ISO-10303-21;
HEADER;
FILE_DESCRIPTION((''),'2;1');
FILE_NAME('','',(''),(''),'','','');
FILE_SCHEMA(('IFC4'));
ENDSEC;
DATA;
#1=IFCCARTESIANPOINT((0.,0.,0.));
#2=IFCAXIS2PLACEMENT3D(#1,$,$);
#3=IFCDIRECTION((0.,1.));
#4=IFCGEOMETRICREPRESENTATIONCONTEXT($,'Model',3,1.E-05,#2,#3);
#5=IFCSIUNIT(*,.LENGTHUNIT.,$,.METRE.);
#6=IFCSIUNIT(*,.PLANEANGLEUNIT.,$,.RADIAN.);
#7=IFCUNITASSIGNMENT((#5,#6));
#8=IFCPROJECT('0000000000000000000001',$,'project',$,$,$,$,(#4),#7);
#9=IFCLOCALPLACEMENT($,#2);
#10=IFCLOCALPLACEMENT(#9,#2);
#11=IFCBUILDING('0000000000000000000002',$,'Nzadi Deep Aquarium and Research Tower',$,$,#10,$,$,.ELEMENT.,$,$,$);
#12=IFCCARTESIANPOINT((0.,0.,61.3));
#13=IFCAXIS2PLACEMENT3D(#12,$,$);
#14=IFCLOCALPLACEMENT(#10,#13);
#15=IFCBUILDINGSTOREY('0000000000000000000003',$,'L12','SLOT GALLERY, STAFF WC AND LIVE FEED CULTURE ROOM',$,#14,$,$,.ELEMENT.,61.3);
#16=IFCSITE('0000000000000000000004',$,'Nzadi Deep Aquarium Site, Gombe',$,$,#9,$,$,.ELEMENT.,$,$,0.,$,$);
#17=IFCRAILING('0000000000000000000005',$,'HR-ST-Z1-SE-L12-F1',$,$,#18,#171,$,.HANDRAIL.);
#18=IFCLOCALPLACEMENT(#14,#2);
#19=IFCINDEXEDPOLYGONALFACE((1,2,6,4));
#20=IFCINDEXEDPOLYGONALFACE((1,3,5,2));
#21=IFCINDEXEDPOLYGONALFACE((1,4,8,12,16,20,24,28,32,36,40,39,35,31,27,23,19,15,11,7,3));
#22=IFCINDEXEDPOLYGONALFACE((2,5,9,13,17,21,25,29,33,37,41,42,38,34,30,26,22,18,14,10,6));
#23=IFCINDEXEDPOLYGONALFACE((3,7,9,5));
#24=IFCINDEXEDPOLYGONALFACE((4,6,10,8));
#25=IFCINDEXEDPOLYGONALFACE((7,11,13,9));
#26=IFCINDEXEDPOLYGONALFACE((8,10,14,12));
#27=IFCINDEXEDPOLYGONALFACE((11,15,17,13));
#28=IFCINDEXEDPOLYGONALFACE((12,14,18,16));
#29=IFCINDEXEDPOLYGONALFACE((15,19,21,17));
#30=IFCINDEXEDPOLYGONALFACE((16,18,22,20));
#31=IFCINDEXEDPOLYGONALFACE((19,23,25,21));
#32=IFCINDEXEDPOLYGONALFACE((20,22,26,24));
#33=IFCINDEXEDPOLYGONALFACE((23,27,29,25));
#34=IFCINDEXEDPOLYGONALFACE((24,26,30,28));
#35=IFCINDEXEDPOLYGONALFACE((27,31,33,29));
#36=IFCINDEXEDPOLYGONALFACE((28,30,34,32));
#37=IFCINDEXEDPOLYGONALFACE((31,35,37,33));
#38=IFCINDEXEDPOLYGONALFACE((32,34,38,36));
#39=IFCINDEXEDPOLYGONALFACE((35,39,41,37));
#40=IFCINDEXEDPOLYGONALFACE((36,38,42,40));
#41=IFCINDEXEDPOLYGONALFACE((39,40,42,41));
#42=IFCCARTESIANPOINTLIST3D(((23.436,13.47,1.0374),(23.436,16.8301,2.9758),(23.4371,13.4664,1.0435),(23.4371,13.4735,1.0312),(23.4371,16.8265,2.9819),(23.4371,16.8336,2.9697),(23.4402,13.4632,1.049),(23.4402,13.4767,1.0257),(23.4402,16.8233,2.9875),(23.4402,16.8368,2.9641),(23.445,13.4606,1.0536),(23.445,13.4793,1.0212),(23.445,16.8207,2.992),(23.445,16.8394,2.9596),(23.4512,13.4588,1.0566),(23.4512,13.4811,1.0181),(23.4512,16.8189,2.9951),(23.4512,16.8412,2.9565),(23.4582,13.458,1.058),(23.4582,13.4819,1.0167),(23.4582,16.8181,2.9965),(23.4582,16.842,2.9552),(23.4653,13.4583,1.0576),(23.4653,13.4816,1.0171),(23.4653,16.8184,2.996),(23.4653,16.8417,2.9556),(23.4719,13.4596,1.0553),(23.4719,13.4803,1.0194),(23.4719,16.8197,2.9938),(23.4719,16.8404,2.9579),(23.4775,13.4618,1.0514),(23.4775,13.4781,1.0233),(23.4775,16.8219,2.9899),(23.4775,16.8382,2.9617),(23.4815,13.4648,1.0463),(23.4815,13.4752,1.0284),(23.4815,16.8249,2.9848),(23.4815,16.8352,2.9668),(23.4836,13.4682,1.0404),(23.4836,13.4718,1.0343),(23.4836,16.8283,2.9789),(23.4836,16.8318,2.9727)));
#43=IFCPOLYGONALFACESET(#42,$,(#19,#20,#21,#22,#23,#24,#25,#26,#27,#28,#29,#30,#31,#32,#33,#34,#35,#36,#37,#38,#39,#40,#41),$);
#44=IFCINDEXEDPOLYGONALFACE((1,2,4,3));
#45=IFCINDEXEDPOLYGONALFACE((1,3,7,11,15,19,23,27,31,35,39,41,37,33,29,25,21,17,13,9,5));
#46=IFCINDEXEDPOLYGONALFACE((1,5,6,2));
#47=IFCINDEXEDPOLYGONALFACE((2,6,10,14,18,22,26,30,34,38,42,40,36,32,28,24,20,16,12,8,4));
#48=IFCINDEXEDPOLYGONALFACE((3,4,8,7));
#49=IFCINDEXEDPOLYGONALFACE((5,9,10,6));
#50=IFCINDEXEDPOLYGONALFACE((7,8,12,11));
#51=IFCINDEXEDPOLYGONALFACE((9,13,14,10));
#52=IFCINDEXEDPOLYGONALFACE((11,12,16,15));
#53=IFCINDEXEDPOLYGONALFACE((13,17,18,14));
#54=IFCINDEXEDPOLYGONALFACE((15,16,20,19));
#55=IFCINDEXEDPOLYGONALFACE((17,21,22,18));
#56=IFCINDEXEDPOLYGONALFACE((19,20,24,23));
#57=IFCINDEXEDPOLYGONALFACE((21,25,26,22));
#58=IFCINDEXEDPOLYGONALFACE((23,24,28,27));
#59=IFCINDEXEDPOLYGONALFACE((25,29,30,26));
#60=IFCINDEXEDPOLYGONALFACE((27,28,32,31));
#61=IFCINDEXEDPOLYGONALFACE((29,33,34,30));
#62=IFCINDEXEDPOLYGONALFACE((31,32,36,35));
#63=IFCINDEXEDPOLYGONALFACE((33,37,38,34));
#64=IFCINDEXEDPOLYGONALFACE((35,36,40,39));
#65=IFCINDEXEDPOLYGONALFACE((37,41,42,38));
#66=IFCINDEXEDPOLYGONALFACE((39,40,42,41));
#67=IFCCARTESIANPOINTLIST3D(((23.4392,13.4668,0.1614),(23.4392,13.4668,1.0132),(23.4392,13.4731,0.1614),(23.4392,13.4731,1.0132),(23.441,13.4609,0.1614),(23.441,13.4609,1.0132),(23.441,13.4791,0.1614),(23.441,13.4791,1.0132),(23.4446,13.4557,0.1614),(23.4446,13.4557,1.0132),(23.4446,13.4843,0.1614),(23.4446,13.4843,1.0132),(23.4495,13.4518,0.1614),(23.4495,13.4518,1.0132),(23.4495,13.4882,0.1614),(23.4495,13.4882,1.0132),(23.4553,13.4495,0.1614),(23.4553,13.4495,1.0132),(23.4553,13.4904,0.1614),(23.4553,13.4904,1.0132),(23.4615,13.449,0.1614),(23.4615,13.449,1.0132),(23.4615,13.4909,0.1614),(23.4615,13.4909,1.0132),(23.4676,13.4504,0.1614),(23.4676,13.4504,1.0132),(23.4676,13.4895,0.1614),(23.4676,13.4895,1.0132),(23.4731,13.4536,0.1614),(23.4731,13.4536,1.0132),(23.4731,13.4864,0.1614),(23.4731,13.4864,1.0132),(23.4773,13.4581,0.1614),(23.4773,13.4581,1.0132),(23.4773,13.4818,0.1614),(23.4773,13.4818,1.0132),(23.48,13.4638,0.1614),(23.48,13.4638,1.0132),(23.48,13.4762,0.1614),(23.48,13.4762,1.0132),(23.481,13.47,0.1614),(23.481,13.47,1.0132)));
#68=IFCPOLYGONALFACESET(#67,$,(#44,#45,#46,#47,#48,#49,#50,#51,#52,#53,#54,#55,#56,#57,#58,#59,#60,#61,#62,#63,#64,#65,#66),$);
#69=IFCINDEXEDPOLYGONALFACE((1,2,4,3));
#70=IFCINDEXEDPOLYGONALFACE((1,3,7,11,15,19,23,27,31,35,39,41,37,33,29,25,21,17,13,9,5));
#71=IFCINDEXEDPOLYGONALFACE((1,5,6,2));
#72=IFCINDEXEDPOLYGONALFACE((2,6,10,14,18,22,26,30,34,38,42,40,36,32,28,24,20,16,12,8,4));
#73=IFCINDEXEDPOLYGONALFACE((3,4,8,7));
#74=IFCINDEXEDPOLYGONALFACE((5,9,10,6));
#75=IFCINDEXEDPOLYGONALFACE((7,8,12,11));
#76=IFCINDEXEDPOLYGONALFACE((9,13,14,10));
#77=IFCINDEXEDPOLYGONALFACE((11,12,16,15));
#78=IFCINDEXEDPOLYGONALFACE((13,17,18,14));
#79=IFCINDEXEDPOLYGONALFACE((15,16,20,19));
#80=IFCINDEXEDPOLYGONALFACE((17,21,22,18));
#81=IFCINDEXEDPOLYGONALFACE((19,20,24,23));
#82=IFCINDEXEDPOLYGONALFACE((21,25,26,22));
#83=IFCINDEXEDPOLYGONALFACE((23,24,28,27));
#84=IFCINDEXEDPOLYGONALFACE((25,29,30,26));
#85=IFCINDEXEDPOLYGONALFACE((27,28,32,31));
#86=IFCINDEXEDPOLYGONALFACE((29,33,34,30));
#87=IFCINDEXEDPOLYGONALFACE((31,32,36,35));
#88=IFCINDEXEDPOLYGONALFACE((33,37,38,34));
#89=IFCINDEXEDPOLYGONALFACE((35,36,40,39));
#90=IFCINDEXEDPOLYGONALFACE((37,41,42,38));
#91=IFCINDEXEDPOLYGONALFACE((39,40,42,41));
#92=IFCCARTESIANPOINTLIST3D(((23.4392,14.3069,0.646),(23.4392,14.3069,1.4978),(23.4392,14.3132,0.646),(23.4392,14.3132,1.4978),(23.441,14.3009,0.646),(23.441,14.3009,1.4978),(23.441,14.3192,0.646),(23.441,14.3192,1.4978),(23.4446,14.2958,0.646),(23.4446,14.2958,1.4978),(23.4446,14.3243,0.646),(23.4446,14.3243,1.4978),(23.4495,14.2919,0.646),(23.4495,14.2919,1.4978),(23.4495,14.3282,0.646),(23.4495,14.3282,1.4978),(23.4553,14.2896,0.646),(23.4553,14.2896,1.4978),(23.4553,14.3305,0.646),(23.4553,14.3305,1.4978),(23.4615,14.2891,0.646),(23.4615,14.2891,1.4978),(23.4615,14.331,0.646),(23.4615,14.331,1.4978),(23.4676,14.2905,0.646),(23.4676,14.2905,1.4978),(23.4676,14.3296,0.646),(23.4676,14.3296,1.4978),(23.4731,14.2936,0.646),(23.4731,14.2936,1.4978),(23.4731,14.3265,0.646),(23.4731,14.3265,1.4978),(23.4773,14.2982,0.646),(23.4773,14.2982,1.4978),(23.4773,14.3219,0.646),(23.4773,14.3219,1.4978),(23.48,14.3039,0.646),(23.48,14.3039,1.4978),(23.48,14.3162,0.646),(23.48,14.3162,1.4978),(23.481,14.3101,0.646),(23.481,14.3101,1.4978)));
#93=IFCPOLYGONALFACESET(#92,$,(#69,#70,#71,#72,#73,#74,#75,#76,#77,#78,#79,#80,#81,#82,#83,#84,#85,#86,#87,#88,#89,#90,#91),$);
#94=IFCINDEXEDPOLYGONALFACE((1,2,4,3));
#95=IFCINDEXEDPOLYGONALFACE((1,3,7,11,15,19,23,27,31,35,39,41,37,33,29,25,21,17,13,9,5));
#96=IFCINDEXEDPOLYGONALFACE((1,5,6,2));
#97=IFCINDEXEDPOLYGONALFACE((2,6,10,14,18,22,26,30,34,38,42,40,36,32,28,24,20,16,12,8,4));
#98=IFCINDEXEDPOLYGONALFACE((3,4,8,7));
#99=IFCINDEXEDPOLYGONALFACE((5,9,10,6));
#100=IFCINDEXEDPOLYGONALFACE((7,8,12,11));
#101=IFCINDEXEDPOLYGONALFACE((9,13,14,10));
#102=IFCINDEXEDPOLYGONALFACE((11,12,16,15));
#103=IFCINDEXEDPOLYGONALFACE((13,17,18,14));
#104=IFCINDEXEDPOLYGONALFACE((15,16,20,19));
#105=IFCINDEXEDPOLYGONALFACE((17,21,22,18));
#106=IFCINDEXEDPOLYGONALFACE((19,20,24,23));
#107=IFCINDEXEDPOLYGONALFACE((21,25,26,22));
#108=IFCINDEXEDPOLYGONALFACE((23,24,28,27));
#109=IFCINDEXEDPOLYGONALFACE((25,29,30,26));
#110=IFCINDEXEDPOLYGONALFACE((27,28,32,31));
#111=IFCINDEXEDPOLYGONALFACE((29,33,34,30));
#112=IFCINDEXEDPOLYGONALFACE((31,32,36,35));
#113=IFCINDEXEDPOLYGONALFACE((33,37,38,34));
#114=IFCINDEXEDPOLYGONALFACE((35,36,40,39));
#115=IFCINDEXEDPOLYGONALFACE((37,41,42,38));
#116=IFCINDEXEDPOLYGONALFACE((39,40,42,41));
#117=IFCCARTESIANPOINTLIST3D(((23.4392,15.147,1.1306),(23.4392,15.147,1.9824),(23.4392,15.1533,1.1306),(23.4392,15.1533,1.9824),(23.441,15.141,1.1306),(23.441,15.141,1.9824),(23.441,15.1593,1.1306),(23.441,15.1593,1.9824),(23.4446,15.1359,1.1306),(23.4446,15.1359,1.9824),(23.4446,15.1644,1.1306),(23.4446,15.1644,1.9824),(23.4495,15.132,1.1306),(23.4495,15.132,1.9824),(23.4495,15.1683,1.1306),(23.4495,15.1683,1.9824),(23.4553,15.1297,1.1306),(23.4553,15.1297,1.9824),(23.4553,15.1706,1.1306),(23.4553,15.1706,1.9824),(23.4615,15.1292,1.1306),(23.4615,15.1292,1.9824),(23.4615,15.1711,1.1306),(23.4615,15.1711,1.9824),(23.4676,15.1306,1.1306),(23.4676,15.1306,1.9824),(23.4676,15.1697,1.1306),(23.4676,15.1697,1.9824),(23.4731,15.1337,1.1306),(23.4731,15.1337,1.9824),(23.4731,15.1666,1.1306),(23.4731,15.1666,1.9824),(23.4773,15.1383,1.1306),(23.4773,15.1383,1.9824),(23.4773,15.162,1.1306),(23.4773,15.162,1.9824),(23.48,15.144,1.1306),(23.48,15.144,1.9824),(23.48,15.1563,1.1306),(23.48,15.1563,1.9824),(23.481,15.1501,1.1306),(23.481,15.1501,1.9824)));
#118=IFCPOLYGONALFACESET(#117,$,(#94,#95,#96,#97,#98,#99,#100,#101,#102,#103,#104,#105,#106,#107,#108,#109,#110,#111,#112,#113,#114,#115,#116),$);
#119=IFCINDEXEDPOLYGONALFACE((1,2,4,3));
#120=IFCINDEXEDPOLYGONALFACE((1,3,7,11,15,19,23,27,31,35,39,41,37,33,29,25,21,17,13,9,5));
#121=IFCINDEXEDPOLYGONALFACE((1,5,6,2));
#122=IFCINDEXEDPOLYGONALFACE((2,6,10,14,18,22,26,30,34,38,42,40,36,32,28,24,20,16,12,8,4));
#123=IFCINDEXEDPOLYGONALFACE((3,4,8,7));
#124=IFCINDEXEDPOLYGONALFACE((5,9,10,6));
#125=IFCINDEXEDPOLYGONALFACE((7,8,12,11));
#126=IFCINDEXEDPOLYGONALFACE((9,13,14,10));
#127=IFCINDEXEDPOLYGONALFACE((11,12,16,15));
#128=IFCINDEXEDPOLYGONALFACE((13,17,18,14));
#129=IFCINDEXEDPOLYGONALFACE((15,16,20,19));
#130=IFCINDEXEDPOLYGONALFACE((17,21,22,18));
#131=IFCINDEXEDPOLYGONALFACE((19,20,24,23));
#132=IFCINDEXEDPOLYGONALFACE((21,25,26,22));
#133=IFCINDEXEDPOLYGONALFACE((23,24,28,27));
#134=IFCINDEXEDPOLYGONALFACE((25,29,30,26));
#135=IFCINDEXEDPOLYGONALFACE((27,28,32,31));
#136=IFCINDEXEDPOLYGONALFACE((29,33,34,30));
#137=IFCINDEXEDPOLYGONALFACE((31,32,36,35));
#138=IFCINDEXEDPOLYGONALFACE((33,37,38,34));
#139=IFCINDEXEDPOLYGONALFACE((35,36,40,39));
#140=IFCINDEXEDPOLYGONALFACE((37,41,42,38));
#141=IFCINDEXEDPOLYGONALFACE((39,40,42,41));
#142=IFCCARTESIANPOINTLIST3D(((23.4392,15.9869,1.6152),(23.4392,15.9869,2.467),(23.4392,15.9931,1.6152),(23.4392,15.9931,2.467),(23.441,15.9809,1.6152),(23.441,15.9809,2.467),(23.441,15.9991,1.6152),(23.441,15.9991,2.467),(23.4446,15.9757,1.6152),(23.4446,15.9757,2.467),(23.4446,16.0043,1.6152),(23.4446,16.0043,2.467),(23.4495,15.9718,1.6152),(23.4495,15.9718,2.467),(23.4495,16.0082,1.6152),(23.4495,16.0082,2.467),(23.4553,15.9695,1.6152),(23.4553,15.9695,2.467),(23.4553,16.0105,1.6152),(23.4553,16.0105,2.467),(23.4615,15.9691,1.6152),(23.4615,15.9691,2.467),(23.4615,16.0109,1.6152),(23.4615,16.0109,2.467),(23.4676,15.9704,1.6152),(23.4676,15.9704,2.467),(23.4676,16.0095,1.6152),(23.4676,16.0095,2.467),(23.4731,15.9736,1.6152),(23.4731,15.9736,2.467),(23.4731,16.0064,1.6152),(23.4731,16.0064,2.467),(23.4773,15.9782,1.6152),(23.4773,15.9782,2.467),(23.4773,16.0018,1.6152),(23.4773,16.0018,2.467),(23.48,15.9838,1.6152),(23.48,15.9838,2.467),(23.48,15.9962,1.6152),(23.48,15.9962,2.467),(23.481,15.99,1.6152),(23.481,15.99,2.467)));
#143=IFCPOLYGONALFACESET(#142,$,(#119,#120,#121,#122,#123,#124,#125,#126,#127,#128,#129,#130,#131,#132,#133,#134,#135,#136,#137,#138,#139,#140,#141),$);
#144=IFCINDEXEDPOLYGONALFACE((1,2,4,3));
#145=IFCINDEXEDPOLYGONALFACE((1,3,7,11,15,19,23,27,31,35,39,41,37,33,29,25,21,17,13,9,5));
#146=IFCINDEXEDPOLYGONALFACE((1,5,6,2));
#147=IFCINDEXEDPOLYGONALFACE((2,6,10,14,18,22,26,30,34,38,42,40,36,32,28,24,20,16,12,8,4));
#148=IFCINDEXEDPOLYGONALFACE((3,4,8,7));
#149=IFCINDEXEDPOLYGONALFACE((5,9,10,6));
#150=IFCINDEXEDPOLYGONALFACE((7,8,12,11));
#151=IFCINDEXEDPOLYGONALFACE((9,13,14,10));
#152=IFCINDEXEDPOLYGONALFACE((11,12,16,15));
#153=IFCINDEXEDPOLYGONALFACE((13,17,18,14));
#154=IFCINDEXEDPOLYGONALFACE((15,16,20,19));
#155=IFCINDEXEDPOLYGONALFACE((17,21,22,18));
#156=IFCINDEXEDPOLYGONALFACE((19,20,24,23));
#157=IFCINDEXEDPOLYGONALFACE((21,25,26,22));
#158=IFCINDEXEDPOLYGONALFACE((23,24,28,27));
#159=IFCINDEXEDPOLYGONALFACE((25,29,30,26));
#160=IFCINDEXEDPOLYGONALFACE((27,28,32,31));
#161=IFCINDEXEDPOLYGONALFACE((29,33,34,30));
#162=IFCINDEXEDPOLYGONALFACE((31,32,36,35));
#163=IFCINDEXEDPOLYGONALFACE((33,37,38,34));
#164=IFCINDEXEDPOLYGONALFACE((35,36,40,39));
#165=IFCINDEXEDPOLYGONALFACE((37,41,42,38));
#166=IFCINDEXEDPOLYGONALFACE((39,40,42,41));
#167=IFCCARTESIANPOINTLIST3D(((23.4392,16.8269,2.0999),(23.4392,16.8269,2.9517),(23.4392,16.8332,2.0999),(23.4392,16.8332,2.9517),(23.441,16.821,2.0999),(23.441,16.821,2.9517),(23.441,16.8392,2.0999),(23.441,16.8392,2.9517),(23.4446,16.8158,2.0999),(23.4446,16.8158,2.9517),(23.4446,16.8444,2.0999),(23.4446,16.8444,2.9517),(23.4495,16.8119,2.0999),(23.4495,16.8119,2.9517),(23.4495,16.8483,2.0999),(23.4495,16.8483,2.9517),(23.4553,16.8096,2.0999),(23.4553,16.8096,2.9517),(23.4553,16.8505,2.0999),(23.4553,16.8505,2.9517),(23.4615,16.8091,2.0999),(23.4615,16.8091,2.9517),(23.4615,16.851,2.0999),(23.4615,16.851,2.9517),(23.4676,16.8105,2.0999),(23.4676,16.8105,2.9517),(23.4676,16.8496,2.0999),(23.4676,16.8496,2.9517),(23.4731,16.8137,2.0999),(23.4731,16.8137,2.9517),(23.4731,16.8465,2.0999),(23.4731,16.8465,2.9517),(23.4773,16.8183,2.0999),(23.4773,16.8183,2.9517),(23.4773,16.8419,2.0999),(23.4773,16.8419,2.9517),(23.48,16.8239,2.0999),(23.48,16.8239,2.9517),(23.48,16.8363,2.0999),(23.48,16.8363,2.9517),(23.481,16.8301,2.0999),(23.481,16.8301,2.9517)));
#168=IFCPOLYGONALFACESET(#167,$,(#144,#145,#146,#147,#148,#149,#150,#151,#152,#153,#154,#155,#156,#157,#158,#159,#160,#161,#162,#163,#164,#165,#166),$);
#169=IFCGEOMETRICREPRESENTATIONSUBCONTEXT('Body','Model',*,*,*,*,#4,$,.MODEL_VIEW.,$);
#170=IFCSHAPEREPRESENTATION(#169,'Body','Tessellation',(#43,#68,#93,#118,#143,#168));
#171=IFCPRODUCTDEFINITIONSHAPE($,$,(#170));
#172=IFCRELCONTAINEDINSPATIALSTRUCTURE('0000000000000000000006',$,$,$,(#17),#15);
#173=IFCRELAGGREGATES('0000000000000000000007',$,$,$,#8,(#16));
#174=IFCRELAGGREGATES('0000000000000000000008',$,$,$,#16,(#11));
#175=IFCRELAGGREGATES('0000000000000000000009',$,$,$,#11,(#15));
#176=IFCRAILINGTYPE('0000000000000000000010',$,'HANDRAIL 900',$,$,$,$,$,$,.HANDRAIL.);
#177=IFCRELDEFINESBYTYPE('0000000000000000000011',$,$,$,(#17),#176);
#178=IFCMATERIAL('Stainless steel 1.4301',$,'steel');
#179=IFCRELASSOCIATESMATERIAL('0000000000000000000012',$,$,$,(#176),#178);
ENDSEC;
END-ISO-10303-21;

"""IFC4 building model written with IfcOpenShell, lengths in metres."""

from ifc_helpers import new_model, si_unit, direction, frame, origin, origin_2d, place, context, subcontext, project, spatial, circle, extrude, material, type_object, element, save


model = new_model("IFC4")

# Units and contexts
model_context = context("Model", 3, precision=1e-05, world=origin(), true_north=direction((0.0, 1.0)))
body_context = subcontext(model_context, "Body", "Model", "MODEL_VIEW")
ifc_project = project(units=[si_unit("LENGTHUNIT", "METRE"), si_unit("PLANEANGLEUNIT", "RADIAN")], contexts=[model_context])

# Site, building, storey
site_placement = place(None, origin())
site = spatial("IfcSite", under=ifc_project, at=site_placement, Name="Nzadi Deep Aquarium Site, Gombe", CompositionType="ELEMENT", RefElevation=0.0)
building_placement = place(site_placement, origin())
building = spatial("IfcBuilding", under=site, at=building_placement, Name="Nzadi Deep Aquarium and Research Tower", CompositionType="ELEMENT")
storey_placement = place(building_placement, frame((0.0, 0.0, 61.3)))
storey = spatial("IfcBuildingStorey", under=building, at=storey_placement, Name="L12", Description="SLOT GALLERY, STAFF WC AND LIVE FEED CULTURE ROOM", CompositionType="ELEMENT", Elevation=61.3)

# Railing
ifc_material_1 = material(Name="Stainless steel 1.4301", Category="steel")
railing_type = type_object("IfcRailingType", Name="HANDRAIL 900", PredefinedType="HANDRAIL", material=ifc_material_1)
railing_placement = place(storey_placement, frame((23.46, 13.47, 0.1614)))
element("IfcRailing", 1, at=railing_placement, inside=storey, type_object=railing_type, Name="HR-ST-Z1-SE-L12-F1", PredefinedType="HANDRAIL", context=body_context, shape_type="SweptSolid", body=[
    extrude(circle(Radius=0.0239, at=origin_2d()), frame((0.0, 0.0, 0.876), z_axis=(0.0, 0.866191, 0.499713), x_axis=(-1.0, 0.0, 0.0)), (0.0, 0.0, 1.0), 3.8792),
    extrude(circle(Radius=0.021, at=origin_2d()), origin(), (0.0, 0.0, 1.0), 0.8518),
    extrude(circle(Radius=0.021, at=origin_2d()), frame((0.0, 0.8401, 0.4846)), (0.0, 0.0, 1.0), 0.8518),
    extrude(circle(Radius=0.021, at=origin_2d()), frame((0.0, 1.6802, 0.9692)), (0.0, 0.0, 1.0), 0.8518),
    extrude(circle(Radius=0.021, at=origin_2d()), frame((0.0, 2.52, 1.4539)), (0.0, 0.0, 1.0), 0.8518),
    extrude(circle(Radius=0.021, at=origin_2d()), frame((0.0, 3.3601, 1.9385)), (0.0, 0.0, 1.0), 0.8518),
])

save(model, "model.ifc")
